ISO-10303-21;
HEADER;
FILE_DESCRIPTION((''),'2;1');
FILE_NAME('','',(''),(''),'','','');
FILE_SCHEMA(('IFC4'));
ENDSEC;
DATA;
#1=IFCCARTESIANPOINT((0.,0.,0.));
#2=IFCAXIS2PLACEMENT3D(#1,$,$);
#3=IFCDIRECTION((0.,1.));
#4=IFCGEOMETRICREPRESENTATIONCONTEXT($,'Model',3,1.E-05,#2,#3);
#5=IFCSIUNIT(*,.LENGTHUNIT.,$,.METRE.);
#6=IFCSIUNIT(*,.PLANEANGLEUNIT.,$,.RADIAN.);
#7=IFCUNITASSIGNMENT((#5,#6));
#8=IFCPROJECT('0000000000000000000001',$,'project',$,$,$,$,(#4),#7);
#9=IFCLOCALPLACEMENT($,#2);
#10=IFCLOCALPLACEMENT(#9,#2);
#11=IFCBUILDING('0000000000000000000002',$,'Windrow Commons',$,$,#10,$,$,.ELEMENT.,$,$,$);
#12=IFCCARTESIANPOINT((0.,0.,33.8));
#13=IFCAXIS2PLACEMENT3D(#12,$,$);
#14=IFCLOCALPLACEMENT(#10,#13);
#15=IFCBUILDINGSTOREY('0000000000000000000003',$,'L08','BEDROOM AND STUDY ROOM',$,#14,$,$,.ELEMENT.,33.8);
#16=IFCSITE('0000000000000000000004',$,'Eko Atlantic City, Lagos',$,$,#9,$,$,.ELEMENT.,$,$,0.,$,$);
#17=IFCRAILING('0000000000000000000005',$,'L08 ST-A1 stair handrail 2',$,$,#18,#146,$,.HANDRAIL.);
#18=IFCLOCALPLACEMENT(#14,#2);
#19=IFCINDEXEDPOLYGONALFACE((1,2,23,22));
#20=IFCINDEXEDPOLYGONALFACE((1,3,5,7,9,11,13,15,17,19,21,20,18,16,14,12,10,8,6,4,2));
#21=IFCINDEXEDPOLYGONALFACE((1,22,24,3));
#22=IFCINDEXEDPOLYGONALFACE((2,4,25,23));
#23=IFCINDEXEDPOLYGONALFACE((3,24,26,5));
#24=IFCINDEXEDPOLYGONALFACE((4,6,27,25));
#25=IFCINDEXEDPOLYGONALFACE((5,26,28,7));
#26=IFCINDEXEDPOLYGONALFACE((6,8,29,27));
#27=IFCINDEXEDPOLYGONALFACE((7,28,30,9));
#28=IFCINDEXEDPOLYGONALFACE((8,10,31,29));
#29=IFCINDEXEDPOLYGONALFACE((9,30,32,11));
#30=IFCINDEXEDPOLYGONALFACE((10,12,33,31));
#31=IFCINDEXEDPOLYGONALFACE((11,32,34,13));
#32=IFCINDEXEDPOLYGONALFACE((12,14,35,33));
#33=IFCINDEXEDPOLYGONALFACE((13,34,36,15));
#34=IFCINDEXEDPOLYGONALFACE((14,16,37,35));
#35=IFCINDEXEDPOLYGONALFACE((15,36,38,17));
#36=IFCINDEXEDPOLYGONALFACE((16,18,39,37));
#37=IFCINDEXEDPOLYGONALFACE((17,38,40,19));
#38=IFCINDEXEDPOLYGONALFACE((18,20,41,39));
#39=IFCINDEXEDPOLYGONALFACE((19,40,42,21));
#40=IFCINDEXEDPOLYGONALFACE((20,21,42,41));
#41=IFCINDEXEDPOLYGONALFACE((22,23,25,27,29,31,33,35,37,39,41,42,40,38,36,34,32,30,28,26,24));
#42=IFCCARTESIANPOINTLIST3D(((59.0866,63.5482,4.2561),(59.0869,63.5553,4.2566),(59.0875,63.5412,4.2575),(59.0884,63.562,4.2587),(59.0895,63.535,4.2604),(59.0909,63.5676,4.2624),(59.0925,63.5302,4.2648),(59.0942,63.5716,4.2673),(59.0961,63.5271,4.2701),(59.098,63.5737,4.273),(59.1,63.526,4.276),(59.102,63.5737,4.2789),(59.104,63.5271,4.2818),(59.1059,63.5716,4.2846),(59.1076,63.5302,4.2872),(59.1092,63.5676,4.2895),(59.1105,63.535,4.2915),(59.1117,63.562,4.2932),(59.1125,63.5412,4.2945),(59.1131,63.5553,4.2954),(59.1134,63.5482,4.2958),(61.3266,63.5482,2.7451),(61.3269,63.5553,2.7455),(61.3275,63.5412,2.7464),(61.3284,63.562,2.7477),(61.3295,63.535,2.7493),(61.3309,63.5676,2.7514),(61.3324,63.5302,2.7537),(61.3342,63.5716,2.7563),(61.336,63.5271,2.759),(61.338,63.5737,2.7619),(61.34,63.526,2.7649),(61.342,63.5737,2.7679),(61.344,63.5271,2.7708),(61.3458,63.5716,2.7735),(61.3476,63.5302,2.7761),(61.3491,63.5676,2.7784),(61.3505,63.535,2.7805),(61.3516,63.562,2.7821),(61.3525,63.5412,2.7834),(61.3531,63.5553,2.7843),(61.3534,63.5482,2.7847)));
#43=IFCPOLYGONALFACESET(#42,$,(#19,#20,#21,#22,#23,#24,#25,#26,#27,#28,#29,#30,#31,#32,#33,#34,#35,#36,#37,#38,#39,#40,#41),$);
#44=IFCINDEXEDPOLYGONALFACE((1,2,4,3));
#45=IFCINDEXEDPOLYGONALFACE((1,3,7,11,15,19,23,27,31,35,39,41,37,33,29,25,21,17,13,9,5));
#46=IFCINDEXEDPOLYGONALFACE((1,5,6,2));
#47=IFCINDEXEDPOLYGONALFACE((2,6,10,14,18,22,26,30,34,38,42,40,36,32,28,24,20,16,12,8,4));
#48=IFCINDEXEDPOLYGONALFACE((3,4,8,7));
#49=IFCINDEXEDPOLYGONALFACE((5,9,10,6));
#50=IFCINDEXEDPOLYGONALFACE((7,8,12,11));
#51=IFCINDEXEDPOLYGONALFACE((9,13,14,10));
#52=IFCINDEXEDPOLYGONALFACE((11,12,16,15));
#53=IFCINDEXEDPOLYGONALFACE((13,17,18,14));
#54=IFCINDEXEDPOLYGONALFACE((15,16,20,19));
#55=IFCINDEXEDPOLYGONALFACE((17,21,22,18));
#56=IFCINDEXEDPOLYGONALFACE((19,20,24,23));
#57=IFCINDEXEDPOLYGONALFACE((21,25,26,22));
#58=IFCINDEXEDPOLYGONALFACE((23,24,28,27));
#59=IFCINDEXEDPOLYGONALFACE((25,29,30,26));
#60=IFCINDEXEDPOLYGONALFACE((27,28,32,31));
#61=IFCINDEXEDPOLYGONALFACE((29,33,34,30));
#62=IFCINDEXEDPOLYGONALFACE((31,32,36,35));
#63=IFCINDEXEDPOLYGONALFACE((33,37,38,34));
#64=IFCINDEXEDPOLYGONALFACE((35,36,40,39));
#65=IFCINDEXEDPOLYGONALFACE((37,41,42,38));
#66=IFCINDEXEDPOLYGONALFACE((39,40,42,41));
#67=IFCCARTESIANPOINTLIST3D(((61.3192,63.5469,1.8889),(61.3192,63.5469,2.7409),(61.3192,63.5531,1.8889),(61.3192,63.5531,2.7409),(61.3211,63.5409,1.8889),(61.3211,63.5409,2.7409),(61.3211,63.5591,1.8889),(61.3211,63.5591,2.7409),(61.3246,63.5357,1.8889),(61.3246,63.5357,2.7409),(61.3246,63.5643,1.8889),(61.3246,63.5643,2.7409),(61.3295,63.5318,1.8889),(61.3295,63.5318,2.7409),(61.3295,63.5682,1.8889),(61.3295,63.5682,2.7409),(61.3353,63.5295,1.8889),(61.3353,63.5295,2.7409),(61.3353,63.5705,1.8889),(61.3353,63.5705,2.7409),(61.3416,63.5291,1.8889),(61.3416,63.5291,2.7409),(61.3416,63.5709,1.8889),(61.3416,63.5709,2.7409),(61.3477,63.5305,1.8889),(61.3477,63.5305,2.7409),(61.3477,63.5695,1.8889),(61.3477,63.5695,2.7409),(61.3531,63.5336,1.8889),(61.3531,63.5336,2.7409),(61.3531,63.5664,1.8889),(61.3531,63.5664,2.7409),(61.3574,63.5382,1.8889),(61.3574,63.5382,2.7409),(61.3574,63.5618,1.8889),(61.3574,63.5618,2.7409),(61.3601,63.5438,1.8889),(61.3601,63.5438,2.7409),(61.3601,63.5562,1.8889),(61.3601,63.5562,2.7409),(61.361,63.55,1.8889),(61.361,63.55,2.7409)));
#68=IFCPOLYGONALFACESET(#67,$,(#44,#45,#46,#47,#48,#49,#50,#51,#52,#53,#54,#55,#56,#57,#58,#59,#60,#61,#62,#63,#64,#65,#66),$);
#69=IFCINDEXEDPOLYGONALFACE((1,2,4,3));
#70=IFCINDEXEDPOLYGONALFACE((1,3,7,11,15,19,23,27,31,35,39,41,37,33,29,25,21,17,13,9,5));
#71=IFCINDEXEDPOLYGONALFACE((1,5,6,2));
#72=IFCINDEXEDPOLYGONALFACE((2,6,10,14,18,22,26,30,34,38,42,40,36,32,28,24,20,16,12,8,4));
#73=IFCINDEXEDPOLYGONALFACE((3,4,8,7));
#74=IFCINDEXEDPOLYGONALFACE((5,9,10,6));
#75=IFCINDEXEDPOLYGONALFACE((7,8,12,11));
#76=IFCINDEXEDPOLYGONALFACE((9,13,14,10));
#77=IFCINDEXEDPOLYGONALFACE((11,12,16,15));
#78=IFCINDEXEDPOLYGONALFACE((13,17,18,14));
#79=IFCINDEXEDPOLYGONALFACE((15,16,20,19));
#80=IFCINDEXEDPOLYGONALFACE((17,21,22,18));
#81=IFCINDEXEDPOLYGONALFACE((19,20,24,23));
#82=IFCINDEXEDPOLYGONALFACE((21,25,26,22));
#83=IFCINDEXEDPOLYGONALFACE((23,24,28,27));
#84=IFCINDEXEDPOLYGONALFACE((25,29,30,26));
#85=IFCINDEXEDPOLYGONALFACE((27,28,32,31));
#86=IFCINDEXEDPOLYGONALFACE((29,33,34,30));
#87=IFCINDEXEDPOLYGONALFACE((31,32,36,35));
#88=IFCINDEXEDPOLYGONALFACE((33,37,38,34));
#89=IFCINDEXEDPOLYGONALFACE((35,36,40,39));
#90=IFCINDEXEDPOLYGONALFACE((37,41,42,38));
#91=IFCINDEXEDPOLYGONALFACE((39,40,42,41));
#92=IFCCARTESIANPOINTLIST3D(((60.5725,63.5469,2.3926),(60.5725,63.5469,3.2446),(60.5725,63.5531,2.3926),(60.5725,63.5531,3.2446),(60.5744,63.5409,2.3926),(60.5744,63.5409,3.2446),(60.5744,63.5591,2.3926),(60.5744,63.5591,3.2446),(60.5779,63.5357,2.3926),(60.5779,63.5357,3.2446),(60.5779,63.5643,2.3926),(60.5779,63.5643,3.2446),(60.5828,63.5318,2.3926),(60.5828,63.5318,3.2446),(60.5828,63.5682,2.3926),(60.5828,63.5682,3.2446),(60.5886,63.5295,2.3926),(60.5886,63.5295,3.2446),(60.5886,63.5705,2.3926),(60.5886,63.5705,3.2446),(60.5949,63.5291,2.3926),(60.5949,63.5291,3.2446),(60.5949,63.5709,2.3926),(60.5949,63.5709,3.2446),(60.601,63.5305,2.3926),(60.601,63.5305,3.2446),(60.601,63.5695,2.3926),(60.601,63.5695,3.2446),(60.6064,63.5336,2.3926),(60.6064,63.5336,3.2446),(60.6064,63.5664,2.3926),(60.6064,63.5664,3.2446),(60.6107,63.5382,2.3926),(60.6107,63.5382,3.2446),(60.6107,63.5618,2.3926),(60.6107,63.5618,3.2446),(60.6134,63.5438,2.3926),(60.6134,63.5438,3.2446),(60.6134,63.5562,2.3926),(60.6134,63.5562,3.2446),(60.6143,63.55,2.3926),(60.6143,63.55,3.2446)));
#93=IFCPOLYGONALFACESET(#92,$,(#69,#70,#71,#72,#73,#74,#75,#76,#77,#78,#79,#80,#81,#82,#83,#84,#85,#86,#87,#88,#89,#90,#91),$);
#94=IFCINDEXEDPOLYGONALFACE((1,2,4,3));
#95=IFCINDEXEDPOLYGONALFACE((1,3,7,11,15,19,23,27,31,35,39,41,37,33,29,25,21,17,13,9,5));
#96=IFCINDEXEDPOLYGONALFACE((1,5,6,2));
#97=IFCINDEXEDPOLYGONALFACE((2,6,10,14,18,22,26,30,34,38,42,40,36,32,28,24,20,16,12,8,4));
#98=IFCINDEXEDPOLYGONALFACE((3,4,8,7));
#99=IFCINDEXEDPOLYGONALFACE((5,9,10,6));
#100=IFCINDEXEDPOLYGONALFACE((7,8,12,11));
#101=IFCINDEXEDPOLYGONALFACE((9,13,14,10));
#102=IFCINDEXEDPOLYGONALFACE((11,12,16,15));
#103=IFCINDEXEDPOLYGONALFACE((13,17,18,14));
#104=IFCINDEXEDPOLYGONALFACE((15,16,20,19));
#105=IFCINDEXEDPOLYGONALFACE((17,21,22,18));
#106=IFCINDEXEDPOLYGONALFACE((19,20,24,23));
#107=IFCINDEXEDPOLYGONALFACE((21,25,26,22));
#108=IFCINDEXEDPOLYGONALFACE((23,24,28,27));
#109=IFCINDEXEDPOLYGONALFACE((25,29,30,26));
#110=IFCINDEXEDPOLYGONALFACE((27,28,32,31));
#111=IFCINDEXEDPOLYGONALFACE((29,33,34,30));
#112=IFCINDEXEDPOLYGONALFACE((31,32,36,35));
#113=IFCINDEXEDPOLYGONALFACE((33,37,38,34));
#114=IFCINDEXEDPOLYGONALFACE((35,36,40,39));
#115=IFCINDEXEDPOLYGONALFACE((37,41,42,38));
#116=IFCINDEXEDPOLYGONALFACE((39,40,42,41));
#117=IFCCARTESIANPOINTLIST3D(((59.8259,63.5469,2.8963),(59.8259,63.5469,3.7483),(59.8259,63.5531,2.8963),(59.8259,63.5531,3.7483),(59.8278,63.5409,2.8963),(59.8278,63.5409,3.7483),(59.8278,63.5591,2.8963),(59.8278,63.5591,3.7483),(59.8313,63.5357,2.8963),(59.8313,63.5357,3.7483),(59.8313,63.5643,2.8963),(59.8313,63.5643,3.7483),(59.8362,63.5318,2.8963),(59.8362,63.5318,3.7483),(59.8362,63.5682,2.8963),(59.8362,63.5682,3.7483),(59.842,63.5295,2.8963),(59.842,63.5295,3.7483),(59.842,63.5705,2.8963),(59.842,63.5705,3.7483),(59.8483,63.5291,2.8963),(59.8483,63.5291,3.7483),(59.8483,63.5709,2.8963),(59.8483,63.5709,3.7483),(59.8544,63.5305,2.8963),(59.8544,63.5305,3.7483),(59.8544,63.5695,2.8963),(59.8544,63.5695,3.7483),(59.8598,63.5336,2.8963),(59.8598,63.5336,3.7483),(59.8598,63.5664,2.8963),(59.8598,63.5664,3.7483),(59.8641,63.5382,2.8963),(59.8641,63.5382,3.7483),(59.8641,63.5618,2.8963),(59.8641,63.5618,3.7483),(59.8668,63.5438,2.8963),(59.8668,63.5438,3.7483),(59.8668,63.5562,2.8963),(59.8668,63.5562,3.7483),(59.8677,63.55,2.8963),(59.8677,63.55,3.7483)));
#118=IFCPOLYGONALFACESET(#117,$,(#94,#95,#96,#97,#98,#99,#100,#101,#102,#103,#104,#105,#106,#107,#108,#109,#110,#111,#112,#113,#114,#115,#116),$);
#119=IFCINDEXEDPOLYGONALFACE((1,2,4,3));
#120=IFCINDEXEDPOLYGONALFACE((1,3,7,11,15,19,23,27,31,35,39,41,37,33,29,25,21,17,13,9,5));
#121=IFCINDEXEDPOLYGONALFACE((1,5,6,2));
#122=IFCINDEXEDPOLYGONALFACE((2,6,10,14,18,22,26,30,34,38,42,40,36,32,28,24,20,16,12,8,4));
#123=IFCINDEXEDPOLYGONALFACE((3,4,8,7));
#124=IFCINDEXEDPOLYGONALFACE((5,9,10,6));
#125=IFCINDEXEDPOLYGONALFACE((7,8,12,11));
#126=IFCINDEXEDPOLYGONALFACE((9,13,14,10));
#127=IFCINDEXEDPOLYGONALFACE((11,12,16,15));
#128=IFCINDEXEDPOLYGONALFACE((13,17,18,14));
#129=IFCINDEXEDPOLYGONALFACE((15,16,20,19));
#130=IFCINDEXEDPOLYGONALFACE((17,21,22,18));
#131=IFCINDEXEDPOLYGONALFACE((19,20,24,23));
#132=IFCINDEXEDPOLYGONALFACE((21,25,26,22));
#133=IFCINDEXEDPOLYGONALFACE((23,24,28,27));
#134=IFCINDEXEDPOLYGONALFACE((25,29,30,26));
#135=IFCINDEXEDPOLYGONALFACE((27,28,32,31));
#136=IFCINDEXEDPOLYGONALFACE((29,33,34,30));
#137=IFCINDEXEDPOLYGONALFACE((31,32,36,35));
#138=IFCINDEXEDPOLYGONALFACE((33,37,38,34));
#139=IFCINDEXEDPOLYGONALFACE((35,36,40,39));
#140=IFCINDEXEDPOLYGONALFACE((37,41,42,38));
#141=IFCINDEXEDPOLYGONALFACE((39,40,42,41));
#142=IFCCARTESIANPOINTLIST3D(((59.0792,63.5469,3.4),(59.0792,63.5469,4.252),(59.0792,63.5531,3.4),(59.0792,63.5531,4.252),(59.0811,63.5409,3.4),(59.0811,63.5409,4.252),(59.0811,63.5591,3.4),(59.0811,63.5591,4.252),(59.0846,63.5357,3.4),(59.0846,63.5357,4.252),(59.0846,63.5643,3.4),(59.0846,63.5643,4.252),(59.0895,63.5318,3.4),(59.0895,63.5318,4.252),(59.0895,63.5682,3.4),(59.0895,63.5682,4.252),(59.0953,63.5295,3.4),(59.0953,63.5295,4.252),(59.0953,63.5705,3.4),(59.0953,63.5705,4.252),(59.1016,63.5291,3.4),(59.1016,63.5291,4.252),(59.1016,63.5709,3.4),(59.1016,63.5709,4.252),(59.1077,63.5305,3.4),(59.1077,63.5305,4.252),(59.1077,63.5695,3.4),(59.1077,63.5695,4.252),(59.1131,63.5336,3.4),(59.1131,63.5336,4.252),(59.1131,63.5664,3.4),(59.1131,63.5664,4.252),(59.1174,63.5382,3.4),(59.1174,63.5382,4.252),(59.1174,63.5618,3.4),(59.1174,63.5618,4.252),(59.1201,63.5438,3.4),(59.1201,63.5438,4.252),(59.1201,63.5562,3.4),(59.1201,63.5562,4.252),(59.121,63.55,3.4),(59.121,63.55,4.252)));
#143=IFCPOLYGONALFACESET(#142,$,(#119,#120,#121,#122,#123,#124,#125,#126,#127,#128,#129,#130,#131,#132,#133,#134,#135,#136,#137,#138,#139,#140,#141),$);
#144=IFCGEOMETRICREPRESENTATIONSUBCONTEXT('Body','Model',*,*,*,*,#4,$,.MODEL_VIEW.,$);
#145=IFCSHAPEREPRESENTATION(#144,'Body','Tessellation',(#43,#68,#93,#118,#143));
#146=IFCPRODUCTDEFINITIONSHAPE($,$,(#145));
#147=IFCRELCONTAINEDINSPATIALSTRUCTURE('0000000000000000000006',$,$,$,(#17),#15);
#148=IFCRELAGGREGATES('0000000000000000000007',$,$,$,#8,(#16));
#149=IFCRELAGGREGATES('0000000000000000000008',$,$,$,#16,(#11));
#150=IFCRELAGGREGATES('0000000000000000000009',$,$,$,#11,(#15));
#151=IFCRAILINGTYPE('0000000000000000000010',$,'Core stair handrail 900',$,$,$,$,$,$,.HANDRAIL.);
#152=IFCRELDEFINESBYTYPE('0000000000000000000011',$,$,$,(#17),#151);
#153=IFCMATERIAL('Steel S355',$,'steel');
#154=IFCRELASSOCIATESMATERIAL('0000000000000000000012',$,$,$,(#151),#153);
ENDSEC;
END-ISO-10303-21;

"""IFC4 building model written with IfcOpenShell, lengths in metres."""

from ifc_helpers import new_model, si_unit, direction, frame, origin, origin_2d, place, context, subcontext, project, spatial, circle, extrude, material, type_object, element, save


model = new_model("IFC4")

# Units and contexts
model_context = context("Model", 3, precision=1e-05, world=origin(), true_north=direction((0.0, 1.0)))
body_context = subcontext(model_context, "Body", "Model", "MODEL_VIEW")
ifc_project = project(units=[si_unit("LENGTHUNIT", "METRE"), si_unit("PLANEANGLEUNIT", "RADIAN")], contexts=[model_context])

# Site, building, storey
site_placement = place(None, origin())
site = spatial("IfcSite", under=ifc_project, at=site_placement, Name="Eko Atlantic City, Lagos", CompositionType="ELEMENT", RefElevation=0.0)
building_placement = place(site_placement, origin())
building = spatial("IfcBuilding", under=site, at=building_placement, Name="Windrow Commons", CompositionType="ELEMENT")
storey_placement = place(building_placement, frame((0.0, 0.0, 33.8)))
storey = spatial("IfcBuildingStorey", under=building, at=storey_placement, Name="L08", Description="BEDROOM AND STUDY ROOM", CompositionType="ELEMENT", Elevation=33.8)

# Railing
ifc_material_1 = material(Name="Steel S355", Category="steel")
railing_type_1 = type_object("IfcRailingType", Name="Core stair handrail 900", PredefinedType="HANDRAIL", material=ifc_material_1)
railing_1_placement = place(storey_placement, frame((61.34, 63.55, 1.8889)))
element("IfcRailing", 1, at=railing_1_placement, inside=storey, type_object=railing_type_1, Name="L08 ST-A1 stair handrail 2", PredefinedType="HANDRAIL", context=body_context, shape_type="SweptSolid", body=[
    extrude(circle(Radius=0.024, at=origin_2d()), frame((0.0, 0.0, 0.876), z_axis=(-0.829003, 0.0, 0.559244), x_axis=(0.0, -1.0, 0.0)), (0.0, 0.0, 1.0), 2.702),
    extrude(circle(Radius=0.021, at=origin_2d()), origin(), (0.0, 0.0, 1.0), 0.852),
    extrude(circle(Radius=0.021, at=origin_2d()), frame((-0.7467, 0.0, 0.5037)), (0.0, 0.0, 1.0), 0.852),
    extrude(circle(Radius=0.021, at=origin_2d()), frame((-1.4933, 0.0, 1.0074)), (0.0, 0.0, 1.0), 0.852),
    extrude(circle(Radius=0.021, at=origin_2d()), frame((-2.24, 0.0, 1.5111)), (0.0, 0.0, 1.0), 0.852),
])

save(model, "model.ifc")
